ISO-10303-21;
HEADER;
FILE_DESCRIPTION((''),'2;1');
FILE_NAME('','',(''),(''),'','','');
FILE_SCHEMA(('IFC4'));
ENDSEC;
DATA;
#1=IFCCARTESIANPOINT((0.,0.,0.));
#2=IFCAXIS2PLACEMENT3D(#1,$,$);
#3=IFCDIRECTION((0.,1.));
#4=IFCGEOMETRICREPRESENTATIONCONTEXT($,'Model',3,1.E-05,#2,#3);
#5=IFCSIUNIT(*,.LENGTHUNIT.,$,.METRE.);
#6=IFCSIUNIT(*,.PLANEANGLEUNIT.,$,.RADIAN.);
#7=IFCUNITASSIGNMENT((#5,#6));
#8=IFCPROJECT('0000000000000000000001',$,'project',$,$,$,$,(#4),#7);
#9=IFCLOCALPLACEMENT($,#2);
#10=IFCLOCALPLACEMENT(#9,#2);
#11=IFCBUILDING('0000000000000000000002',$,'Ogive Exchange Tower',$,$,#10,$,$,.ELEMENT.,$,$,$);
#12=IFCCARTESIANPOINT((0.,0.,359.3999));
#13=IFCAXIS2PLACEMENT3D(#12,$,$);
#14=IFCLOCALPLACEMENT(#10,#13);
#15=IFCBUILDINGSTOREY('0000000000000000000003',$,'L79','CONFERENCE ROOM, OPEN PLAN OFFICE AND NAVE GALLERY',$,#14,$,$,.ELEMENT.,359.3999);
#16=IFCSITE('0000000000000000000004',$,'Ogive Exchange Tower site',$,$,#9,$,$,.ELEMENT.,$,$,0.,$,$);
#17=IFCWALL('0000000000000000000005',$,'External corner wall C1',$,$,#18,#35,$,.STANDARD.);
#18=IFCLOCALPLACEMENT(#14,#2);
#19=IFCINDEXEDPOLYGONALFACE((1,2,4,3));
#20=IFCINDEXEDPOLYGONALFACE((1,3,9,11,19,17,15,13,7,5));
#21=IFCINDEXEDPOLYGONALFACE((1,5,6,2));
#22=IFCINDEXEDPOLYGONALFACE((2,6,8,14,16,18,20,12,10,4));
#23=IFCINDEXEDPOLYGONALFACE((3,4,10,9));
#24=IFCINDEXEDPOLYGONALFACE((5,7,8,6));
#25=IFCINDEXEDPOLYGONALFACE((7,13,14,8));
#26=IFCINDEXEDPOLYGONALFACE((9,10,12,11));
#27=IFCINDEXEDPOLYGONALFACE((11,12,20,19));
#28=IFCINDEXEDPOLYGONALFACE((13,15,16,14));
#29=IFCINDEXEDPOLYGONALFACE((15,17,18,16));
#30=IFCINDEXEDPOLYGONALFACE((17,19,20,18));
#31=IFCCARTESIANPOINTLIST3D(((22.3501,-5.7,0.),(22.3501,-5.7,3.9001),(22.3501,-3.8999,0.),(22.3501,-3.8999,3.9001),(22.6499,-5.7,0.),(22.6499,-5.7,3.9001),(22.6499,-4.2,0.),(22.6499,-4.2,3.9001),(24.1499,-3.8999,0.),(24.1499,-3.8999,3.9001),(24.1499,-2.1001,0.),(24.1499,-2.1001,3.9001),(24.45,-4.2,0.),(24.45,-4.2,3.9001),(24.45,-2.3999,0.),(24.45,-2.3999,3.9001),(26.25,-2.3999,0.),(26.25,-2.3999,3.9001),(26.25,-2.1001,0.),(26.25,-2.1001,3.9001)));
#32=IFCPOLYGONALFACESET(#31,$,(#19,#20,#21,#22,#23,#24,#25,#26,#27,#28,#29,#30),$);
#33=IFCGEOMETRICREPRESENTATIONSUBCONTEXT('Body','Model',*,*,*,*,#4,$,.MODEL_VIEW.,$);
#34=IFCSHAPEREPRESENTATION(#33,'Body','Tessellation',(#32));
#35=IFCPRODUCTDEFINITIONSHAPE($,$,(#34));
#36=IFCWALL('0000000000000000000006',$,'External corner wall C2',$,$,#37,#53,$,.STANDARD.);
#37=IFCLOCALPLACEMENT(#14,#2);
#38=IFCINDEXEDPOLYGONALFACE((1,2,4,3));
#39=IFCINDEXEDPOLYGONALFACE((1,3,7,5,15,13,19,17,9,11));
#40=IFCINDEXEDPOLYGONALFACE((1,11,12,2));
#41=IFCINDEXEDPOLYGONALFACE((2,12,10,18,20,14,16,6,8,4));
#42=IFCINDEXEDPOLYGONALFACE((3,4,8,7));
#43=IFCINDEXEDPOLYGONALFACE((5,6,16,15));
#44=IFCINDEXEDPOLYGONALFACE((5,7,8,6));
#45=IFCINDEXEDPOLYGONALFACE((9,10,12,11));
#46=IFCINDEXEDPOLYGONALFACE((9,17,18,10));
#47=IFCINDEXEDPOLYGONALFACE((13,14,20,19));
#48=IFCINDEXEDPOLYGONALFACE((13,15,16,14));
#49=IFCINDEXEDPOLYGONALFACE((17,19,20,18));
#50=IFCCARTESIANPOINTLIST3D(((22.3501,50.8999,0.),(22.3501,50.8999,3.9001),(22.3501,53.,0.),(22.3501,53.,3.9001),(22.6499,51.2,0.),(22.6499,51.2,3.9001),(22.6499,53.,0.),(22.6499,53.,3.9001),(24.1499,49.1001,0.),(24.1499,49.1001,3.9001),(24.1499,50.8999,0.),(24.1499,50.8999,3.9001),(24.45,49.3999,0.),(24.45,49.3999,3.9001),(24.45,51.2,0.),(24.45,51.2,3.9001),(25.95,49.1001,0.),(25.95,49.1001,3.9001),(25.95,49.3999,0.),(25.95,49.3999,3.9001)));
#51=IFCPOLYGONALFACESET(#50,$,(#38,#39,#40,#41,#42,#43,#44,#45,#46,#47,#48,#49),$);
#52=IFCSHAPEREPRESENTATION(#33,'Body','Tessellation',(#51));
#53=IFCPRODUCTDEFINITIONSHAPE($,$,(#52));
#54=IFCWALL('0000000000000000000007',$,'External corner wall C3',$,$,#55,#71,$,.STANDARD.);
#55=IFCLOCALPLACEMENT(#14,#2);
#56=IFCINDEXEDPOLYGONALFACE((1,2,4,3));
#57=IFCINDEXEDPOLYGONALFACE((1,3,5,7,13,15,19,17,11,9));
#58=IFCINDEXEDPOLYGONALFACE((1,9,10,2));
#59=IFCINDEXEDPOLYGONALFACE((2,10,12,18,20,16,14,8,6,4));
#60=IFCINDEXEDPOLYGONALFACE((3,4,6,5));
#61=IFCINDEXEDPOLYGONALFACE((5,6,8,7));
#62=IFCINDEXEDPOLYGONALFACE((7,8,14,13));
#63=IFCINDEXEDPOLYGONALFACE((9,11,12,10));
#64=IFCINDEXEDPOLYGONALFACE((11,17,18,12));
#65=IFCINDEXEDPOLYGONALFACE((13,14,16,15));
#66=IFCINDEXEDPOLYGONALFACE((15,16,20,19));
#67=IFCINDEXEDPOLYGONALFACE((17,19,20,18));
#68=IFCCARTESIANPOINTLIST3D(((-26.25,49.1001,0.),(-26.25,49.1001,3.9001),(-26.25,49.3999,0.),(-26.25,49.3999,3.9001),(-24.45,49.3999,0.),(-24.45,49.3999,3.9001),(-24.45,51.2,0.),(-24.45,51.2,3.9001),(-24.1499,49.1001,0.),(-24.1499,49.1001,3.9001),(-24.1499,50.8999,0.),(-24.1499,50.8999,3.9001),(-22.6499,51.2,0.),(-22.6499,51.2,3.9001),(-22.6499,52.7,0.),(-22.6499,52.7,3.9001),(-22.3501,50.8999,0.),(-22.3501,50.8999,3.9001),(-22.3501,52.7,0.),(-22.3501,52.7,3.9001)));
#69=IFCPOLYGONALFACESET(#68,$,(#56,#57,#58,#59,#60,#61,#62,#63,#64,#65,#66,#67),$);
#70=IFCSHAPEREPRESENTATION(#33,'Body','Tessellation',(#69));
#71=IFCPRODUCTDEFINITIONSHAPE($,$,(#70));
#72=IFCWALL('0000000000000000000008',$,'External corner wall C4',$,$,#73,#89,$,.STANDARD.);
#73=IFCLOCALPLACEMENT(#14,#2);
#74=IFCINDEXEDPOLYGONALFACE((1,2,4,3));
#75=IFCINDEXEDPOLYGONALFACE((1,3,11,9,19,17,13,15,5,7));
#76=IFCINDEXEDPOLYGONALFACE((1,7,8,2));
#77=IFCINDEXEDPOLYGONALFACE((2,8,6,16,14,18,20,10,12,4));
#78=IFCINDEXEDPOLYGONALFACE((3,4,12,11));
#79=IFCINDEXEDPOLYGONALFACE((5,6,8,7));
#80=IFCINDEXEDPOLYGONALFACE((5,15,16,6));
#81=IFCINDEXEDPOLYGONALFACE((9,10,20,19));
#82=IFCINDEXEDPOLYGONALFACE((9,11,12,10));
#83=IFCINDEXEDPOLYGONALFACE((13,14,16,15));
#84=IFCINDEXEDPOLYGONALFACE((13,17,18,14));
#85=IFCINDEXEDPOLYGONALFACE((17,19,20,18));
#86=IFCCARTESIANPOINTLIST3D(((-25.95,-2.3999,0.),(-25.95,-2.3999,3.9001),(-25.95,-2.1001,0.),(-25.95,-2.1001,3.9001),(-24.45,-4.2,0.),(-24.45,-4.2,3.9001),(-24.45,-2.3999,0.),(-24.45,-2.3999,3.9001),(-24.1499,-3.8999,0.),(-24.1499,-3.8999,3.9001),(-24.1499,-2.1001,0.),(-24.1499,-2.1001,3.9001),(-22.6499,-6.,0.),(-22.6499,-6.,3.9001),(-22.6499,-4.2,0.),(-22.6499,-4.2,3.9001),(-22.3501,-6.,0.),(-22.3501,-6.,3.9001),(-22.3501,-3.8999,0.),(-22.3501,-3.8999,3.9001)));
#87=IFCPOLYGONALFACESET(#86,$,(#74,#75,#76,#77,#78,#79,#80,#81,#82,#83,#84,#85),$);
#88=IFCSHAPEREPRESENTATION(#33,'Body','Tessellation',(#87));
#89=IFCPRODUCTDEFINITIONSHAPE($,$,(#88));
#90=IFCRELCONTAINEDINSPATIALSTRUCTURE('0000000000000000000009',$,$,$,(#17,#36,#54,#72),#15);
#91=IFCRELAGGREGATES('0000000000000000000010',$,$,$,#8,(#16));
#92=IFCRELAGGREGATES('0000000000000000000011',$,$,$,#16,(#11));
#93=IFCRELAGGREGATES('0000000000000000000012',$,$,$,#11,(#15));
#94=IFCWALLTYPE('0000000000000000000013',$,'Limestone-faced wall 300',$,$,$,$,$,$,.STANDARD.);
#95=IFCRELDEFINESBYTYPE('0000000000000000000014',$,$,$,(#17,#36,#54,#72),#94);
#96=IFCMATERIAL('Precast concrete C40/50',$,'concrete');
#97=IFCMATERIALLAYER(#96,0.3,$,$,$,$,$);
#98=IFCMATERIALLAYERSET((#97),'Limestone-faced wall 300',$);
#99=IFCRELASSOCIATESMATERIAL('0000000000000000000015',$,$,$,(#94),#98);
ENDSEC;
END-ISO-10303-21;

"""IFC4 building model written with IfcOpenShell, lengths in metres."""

from ifc_helpers import new_model, si_unit, direction, frame, origin, place, context, subcontext, project, spatial, polyline, outline, extrude, material, layer, layer_set, type_object, element, save


model = new_model("IFC4")

# Units and contexts
model_context = context("Model", 3, precision=1e-05, world=origin(), true_north=direction((0.0, 1.0)))
body_context = subcontext(model_context, "Body", "Model", "MODEL_VIEW")
ifc_project = project(units=[si_unit("LENGTHUNIT", "METRE"), si_unit("PLANEANGLEUNIT", "RADIAN")], contexts=[model_context])

# Site, building, storey
site_placement = place(None, origin())
site = spatial("IfcSite", under=ifc_project, at=site_placement, Name="Ogive Exchange Tower site", CompositionType="ELEMENT", RefElevation=0.0)
building_placement = place(site_placement, origin())
building = spatial("IfcBuilding", under=site, at=building_placement, Name="Ogive Exchange Tower", CompositionType="ELEMENT")
storey_placement = place(building_placement, frame((0.0, 0.0, 359.3999)))
storey = spatial("IfcBuildingStorey", under=building, at=storey_placement, Name="L79", Description="CONFERENCE ROOM, OPEN PLAN OFFICE AND NAVE GALLERY", CompositionType="ELEMENT", Elevation=359.3999)

# Shared definitions
ifc_material_1 = material(Name="Precast concrete C40/50", Category="concrete")
ifc_layer_1 = layer(ifc_material_1, 0.3)
ifc_layer_set_1 = layer_set([ifc_layer_1], Name="Limestone-faced wall 300")
wall_type_1 = type_object("IfcWallType", Name="Limestone-faced wall 300", PredefinedType="STANDARD", material=ifc_layer_set_1)

# Walls
wall_1_placement = place(storey_placement, origin())
element("IfcWall", 1, at=wall_1_placement, inside=storey, type_object=wall_type_1, Name="External corner wall C1", PredefinedType="STANDARD", context=body_context, shape_type="SweptSolid", body=[
    extrude(outline(polyline([(24.1499, -3.8999), (24.1499, -2.1001), (26.25, -2.1001), (26.25, -2.3999), (24.45, -2.3999), (24.45, -4.2), (22.6499, -4.2), (22.6499, -5.7), (22.3501, -5.7), (22.3501, -3.8999), (24.1499, -3.8999)])), origin(), (0.0, 0.0, 1.0), 3.9001),
])
wall_2_placement = place(storey_placement, origin())
element("IfcWall", 2, at=wall_2_placement, inside=storey, type_object=wall_type_1, Name="External corner wall C2", PredefinedType="STANDARD", context=body_context, shape_type="SweptSolid", body=[
    extrude(outline(polyline([(24.1499, 50.8999), (22.3501, 50.8999), (22.3501, 53.0), (22.6499, 53.0), (22.6499, 51.2), (24.45, 51.2), (24.45, 49.3999), (25.95, 49.3999), (25.95, 49.1001), (24.1499, 49.1001), (24.1499, 50.8999)])), origin(), (0.0, 0.0, 1.0), 3.9001),
])
wall_3_placement = place(storey_placement, origin())
element("IfcWall", 3, at=wall_3_placement, inside=storey, type_object=wall_type_1, Name="External corner wall C3", PredefinedType="STANDARD", context=body_context, shape_type="SweptSolid", body=[
    extrude(outline(polyline([(-24.45, 49.3999), (-24.45, 51.2), (-22.6499, 51.2), (-22.6499, 52.7), (-22.3501, 52.7), (-22.3501, 50.8999), (-24.1499, 50.8999), (-24.1499, 49.1001), (-26.25, 49.1001), (-26.25, 49.3999), (-24.45, 49.3999)])), origin(), (0.0, 0.0, 1.0), 3.9001),
])
wall_4_placement = place(storey_placement, origin())
element("IfcWall", 4, at=wall_4_placement, inside=storey, type_object=wall_type_1, Name="External corner wall C4", PredefinedType="STANDARD", context=body_context, shape_type="SweptSolid", body=[
    extrude(outline(polyline([(-22.6499, -4.2), (-24.45, -4.2), (-24.45, -2.3999), (-25.95, -2.3999), (-25.95, -2.1001), (-24.1499, -2.1001), (-24.1499, -3.8999), (-22.3501, -3.8999), (-22.3501, -6.0), (-22.6499, -6.0), (-22.6499, -4.2)])), origin(), (0.0, 0.0, 1.0), 3.9001),
])

save(model, "model.ifc")
